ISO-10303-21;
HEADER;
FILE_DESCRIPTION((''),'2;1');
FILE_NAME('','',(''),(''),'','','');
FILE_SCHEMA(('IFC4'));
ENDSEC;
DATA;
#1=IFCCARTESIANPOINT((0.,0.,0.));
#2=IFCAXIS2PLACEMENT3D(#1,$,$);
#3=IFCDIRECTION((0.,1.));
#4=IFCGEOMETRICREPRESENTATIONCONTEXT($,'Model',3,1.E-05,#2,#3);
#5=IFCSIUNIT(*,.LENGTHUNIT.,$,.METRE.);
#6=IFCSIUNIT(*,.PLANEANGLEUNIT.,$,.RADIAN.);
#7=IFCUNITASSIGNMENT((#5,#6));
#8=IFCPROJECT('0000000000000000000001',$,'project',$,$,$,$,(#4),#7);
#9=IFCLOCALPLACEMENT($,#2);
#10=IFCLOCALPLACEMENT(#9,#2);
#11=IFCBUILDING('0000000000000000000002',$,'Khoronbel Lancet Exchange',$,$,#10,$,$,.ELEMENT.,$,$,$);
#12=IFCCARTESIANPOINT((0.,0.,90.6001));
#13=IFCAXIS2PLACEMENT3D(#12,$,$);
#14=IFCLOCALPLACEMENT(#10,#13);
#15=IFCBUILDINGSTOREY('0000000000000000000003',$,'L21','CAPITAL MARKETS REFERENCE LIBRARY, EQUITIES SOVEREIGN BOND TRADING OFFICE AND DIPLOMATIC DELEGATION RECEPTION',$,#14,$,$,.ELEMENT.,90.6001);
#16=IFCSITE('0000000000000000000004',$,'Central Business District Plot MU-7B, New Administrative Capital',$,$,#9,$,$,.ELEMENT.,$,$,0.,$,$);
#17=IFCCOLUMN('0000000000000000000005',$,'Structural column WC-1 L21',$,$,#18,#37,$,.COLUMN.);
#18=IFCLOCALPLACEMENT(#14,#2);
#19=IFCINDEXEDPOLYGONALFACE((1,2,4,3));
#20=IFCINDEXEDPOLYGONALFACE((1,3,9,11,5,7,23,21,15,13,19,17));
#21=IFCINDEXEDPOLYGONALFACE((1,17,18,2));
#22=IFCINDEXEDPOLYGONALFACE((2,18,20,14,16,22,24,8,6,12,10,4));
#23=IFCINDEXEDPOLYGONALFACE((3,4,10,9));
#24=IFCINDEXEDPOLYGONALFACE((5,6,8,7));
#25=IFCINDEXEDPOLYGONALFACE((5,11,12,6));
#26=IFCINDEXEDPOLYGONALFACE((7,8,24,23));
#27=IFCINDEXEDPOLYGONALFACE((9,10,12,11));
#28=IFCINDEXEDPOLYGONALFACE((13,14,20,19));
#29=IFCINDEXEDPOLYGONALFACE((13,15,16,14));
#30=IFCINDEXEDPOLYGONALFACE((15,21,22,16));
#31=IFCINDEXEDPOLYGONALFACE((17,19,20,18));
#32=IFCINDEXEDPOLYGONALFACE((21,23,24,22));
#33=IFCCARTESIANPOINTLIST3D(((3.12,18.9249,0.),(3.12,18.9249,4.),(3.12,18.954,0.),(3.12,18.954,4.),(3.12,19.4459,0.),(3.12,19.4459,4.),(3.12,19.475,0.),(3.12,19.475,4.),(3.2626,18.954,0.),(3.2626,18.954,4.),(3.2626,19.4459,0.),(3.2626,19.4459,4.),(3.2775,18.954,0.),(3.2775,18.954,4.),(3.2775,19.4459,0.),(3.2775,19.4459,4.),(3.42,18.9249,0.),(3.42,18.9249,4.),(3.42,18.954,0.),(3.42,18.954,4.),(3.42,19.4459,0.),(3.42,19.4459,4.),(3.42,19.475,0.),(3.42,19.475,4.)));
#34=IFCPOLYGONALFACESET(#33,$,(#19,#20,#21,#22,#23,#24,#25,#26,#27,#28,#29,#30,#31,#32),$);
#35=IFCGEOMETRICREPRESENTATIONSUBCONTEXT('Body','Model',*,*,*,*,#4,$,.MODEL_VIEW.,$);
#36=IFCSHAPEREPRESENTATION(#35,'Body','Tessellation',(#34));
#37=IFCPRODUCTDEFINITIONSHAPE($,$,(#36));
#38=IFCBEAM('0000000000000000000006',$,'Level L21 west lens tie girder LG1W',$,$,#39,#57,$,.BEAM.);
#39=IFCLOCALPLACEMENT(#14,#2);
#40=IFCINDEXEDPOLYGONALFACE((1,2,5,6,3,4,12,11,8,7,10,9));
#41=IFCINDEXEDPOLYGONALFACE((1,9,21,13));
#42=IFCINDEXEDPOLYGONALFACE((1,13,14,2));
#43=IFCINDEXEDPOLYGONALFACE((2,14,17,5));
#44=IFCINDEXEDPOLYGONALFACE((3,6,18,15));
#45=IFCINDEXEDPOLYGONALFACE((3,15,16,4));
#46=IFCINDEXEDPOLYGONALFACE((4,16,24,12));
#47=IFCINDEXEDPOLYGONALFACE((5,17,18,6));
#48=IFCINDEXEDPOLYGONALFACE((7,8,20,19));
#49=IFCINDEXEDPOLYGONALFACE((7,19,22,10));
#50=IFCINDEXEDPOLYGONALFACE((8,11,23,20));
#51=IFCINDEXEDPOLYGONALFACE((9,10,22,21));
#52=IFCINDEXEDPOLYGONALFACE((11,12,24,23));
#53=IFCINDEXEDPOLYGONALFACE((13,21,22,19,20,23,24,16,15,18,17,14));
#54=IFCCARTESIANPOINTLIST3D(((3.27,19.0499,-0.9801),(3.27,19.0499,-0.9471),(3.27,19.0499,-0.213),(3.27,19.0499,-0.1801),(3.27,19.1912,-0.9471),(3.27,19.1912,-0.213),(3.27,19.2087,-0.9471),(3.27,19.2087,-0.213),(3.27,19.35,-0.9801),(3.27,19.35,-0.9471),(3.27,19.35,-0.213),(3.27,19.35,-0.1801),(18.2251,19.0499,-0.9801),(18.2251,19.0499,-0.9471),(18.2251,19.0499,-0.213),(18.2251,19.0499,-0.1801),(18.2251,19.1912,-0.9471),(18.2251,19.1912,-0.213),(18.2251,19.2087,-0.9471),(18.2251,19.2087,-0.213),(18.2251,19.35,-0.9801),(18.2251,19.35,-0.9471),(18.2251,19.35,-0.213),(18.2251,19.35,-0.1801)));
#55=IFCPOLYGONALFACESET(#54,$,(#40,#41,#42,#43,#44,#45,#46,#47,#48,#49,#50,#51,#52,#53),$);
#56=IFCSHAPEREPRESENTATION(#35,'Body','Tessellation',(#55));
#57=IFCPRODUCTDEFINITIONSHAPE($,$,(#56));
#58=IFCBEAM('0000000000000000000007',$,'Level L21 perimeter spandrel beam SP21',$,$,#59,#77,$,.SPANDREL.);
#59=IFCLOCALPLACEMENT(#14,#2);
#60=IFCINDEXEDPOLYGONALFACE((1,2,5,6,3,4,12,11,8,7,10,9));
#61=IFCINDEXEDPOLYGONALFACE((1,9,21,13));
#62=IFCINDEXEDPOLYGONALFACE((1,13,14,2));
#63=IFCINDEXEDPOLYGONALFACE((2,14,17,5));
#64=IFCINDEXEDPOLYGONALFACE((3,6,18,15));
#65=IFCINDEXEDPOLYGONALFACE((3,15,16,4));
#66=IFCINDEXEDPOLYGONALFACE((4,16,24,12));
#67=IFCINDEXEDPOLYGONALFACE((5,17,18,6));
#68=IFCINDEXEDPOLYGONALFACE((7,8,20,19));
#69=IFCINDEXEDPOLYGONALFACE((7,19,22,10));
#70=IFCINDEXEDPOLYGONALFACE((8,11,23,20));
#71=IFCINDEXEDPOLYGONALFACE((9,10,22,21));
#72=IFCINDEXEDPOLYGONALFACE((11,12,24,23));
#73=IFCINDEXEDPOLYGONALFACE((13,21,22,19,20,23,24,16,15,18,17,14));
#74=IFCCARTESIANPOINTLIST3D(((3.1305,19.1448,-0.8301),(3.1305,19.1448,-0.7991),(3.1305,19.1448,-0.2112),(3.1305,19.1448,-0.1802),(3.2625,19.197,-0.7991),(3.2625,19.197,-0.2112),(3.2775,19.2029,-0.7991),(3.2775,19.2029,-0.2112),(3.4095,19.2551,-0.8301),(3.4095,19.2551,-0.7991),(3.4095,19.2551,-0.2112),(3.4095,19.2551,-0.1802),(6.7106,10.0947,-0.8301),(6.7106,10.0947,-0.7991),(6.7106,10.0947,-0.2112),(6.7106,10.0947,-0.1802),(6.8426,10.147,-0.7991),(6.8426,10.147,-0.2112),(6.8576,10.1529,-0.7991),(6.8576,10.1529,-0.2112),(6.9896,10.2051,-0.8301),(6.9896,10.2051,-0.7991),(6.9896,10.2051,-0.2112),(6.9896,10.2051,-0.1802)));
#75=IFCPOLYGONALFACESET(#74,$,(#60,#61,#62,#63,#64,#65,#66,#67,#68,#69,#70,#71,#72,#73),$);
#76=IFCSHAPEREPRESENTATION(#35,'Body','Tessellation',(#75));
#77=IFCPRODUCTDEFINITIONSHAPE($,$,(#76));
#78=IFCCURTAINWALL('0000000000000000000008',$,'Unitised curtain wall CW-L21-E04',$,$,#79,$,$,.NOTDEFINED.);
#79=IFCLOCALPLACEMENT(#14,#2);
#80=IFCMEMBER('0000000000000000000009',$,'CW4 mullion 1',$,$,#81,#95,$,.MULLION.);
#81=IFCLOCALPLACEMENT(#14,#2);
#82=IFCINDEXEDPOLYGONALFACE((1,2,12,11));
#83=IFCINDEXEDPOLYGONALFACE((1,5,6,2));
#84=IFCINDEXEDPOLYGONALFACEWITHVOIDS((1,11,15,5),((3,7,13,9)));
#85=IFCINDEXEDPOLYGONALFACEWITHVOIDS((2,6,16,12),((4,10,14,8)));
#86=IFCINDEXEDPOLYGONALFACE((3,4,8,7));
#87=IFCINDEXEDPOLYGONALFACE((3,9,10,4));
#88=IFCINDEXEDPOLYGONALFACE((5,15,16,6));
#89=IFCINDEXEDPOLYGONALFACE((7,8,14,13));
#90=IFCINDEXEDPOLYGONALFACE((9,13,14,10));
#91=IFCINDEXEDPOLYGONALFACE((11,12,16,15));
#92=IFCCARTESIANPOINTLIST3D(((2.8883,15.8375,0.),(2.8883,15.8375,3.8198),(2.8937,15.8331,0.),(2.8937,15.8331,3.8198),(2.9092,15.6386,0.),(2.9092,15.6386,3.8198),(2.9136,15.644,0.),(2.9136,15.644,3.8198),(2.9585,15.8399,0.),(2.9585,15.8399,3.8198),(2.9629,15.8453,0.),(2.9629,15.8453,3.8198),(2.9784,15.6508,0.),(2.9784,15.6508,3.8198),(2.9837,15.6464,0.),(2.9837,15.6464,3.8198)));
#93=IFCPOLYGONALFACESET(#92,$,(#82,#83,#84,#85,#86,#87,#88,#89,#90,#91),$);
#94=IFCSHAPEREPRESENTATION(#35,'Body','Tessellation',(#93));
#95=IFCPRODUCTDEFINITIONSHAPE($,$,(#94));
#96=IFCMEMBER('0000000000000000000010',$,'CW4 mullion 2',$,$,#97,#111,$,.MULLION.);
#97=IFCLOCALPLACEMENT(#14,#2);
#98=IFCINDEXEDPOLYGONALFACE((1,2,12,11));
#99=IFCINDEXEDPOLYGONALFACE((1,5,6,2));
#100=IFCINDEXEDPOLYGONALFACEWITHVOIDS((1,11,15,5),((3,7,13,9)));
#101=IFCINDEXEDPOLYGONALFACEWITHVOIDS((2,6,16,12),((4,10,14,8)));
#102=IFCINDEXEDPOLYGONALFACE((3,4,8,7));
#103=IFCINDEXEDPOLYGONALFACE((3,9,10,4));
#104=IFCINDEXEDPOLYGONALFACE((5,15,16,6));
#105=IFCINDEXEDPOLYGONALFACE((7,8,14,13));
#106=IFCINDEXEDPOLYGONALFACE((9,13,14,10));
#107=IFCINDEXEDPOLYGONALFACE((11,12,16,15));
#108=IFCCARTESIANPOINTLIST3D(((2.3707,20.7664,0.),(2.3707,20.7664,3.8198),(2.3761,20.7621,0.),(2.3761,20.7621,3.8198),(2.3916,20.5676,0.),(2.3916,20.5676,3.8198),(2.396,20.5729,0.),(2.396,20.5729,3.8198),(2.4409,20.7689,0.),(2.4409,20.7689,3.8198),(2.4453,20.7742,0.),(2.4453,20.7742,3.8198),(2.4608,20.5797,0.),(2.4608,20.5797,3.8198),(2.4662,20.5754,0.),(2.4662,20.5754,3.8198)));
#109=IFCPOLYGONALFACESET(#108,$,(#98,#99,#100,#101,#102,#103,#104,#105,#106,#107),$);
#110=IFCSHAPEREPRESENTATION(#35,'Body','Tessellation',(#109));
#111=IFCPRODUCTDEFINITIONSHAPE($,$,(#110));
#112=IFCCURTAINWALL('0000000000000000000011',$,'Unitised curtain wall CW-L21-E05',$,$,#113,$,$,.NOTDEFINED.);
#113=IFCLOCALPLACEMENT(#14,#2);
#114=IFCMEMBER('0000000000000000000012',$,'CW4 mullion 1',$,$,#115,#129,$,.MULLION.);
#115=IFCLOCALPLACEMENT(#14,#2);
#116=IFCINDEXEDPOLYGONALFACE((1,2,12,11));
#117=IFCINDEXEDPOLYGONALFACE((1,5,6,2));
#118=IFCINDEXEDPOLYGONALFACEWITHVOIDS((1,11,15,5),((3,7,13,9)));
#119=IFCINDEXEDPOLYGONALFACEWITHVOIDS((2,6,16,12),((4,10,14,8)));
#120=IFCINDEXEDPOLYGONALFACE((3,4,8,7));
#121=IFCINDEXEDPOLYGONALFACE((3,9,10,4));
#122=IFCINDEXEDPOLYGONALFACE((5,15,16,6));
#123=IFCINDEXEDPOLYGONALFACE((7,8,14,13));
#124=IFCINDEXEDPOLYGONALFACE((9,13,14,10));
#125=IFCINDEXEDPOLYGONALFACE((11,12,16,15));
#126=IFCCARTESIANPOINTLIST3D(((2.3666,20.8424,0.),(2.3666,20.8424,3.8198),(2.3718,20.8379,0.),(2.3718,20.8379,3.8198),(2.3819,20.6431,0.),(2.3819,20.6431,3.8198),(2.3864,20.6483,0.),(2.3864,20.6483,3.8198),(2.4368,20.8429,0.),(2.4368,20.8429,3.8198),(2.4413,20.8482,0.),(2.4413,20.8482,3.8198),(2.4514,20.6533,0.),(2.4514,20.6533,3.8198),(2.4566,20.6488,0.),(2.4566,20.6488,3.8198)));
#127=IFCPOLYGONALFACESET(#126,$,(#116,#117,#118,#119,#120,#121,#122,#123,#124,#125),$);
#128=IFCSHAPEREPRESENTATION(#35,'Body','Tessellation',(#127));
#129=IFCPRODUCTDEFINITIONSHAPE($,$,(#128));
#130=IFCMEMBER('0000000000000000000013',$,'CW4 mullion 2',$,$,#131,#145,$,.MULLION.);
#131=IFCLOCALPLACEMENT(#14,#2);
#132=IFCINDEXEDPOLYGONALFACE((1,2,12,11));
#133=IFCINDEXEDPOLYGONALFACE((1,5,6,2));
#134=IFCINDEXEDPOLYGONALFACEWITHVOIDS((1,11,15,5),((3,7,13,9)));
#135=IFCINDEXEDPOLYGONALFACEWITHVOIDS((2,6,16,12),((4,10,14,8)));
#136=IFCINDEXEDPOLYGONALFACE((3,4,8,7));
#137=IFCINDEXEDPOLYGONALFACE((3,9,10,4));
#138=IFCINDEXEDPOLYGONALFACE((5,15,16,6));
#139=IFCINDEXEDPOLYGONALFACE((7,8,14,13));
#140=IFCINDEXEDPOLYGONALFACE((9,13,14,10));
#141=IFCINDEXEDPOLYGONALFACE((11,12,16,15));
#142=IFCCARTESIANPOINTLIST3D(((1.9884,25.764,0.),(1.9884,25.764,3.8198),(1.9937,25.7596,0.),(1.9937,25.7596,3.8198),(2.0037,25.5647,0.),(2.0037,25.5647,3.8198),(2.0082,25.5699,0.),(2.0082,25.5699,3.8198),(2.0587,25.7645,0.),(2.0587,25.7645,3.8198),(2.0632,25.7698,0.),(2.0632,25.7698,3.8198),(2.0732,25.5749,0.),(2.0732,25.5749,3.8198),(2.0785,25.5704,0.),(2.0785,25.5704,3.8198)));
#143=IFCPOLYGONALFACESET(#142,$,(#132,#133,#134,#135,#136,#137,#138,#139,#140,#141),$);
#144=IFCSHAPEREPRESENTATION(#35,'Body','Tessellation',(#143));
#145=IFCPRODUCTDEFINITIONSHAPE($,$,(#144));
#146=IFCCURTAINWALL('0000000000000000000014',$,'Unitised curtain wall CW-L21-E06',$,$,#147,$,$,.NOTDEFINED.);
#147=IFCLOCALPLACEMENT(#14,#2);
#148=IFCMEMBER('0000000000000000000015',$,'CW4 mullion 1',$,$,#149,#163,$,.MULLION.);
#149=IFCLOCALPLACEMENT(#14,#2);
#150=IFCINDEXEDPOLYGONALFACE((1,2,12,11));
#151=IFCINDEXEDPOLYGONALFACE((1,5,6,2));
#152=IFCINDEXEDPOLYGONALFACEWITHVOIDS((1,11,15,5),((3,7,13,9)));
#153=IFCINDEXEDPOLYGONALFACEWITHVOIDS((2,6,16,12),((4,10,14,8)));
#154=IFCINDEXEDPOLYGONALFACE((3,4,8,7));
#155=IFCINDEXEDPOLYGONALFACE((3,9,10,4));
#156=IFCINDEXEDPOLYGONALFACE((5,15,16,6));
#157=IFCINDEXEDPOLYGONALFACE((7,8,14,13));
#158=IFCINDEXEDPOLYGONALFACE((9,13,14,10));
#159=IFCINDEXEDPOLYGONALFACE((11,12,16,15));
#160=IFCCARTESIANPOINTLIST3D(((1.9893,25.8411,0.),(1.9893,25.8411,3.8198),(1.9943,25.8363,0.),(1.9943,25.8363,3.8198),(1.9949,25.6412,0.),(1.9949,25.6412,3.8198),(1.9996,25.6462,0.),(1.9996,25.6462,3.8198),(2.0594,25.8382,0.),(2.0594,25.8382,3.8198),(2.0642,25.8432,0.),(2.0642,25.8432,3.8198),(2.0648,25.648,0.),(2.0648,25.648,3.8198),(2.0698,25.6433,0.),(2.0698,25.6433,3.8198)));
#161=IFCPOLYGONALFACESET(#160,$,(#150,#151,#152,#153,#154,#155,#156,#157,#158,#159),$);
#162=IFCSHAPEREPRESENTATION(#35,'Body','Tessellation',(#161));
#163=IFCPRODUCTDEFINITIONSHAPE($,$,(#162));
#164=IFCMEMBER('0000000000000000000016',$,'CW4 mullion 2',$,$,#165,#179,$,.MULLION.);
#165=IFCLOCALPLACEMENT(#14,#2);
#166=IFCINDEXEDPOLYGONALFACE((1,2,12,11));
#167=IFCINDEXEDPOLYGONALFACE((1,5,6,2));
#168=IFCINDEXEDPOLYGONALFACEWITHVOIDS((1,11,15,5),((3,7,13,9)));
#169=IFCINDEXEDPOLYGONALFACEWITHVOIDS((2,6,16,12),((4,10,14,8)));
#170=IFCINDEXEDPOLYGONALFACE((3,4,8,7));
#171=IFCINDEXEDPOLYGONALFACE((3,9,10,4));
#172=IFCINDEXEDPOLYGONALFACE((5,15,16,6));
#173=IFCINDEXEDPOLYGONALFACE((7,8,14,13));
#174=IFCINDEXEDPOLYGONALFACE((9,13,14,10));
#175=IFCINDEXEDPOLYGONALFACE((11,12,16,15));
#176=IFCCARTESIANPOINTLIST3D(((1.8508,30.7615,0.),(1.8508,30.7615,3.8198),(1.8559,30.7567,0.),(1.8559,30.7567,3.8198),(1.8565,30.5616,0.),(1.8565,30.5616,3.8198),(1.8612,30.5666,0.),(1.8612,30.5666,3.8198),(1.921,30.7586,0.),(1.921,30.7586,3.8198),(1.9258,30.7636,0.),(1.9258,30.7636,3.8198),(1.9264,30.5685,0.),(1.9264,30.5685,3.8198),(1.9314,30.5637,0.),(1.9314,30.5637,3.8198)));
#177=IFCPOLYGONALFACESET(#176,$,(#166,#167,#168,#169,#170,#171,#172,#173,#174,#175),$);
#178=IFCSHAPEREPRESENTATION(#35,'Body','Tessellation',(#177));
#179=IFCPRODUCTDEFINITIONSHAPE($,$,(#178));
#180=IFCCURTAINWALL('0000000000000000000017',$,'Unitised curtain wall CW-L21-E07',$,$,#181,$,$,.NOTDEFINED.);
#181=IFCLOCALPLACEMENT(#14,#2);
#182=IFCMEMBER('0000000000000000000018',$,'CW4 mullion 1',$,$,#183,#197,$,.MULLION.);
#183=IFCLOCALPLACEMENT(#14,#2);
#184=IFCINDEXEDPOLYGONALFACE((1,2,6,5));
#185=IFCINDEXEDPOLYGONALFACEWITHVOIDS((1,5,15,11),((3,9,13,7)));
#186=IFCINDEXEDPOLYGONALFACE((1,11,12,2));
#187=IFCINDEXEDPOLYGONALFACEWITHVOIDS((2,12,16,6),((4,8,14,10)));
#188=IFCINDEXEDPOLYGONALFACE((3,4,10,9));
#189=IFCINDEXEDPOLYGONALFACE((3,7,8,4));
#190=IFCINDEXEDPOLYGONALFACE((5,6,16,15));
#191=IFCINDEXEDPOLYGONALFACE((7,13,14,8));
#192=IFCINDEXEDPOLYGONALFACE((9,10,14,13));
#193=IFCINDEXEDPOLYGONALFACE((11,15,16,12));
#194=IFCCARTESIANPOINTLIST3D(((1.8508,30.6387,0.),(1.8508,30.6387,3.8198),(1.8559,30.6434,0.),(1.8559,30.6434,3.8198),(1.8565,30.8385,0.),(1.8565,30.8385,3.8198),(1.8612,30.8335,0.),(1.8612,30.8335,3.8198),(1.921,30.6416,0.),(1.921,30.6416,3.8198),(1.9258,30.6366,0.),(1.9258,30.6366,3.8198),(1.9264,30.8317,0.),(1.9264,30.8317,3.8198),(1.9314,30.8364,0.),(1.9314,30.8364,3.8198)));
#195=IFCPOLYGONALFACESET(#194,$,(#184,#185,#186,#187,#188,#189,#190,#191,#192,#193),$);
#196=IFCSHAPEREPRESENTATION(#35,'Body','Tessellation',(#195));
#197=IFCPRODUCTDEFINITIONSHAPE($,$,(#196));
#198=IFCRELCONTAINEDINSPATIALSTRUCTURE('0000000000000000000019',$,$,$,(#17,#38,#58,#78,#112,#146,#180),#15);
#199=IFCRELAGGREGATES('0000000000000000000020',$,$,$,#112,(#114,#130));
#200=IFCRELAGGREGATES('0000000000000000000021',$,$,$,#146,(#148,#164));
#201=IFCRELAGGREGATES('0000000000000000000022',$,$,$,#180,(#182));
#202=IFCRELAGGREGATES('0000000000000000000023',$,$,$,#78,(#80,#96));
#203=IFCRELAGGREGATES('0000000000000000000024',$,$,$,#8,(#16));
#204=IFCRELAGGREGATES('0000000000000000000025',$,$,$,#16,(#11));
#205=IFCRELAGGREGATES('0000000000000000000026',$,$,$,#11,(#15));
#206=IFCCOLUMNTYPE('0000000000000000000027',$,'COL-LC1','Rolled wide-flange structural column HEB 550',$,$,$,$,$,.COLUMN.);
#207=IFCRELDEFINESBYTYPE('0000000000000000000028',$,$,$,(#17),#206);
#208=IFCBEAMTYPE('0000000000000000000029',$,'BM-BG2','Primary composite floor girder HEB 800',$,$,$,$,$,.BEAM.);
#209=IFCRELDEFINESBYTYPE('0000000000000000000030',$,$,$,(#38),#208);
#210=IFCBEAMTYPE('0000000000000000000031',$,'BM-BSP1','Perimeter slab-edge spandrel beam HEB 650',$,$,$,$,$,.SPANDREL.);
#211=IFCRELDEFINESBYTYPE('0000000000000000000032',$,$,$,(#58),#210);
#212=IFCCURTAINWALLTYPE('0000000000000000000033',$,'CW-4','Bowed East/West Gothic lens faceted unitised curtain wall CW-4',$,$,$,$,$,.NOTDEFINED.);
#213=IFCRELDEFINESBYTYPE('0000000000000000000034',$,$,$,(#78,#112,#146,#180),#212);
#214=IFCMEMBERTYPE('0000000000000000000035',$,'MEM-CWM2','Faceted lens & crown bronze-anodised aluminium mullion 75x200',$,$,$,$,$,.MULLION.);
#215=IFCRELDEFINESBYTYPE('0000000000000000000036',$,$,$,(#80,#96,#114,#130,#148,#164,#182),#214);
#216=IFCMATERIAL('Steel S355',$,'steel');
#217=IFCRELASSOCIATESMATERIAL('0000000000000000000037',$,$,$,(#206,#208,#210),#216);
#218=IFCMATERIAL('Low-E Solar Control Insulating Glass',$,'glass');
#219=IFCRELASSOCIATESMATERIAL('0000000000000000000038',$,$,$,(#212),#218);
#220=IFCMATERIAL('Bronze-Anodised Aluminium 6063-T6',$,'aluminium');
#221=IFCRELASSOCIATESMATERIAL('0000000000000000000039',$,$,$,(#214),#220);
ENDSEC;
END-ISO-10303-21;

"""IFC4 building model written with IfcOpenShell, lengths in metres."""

from ifc_helpers import new_model, si_unit, direction, frame, origin, origin_2d, place, context, subcontext, project, spatial, hollow_rectangle, i_section, extrude, material, material_profile, profile_set, type_object, element, aggregate, save


model = new_model("IFC4")

# Units and contexts
model_context = context("Model", 3, precision=1e-05, world=origin(), true_north=direction((0.0, 1.0)))
body_context = subcontext(model_context, "Body", "Model", "MODEL_VIEW")
ifc_project = project(units=[si_unit("LENGTHUNIT", "METRE"), si_unit("PLANEANGLEUNIT", "RADIAN")], contexts=[model_context])

# Site, building, storey
site_placement = place(None, origin())
site = spatial("IfcSite", under=ifc_project, at=site_placement, Name="Central Business District Plot MU-7B, New Administrative Capital", CompositionType="ELEMENT", RefElevation=0.0)
building_placement = place(site_placement, origin())
building = spatial("IfcBuilding", under=site, at=building_placement, Name="Khoronbel Lancet Exchange", CompositionType="ELEMENT")
storey_placement = place(building_placement, frame((0.0, 0.0, 90.6001)))
storey = spatial("IfcBuildingStorey", under=building, at=storey_placement, Name="L21", Description="CAPITAL MARKETS REFERENCE LIBRARY, EQUITIES SOVEREIGN BOND TRADING OFFICE AND DIPLOMATIC DELEGATION RECEPTION", CompositionType="ELEMENT", Elevation=90.6001)

# Column
ifc_material_1 = material(Name="Steel S355", Category="steel")
ifc_material_profile_1 = material_profile(ifc_material_1, i_section(OverallWidth=0.3, OverallDepth=0.55, WebThickness=0.0149, FlangeThickness=0.0291, at=origin_2d()), Name="HEB 550")
ifc_profile_set_1 = profile_set([ifc_material_profile_1], Name="Steel S355")
column_type = type_object("IfcColumnType", Name="COL-LC1", Description="Rolled wide-flange structural column HEB 550", PredefinedType="COLUMN", material=ifc_profile_set_1)
column_placement = place(storey_placement, frame((3.27, 19.2, 0.0), z_axis=(0.0, 0.0, 1.0), x_axis=(1.0, 0.0, 0.0)))
element("IfcColumn", 1, at=column_placement, inside=storey, type_object=column_type, Name="Structural column WC-1 L21", PredefinedType="COLUMN", context=body_context, shape_type="SweptSolid", body=[
    extrude(i_section(OverallWidth=0.3, OverallDepth=0.55, WebThickness=0.0149, FlangeThickness=0.0291, at=origin_2d()), origin(), (0.0, 0.0, 1.0), 4.0),
])

# Beams
ifc_material_profile_2 = material_profile(ifc_material_1, i_section(OverallWidth=0.3, OverallDepth=0.8, WebThickness=0.0176, FlangeThickness=0.033, at=origin_2d()), Name="HEB 800")
ifc_profile_set_2 = profile_set([ifc_material_profile_2], Name="Steel S355")
beam_type_1 = type_object("IfcBeamType", Name="BM-BG2", Description="Primary composite floor girder HEB 800", PredefinedType="BEAM", material=ifc_profile_set_2)
beam_1_placement = place(storey_placement, frame((3.27, 19.2, -0.5801), z_axis=(1.0, 0.0, 0.0), x_axis=(0.0, 1.0, 0.0)))
element("IfcBeam", 2, at=beam_1_placement, inside=storey, type_object=beam_type_1, Name="Level L21 west lens tie girder LG1W", PredefinedType="BEAM", context=body_context, shape_type="SweptSolid", body=[
    extrude(i_section(OverallWidth=0.3, OverallDepth=0.8, WebThickness=0.0176, FlangeThickness=0.033, at=origin_2d()), origin(), (0.0, 0.0, 1.0), 14.9551),
])
ifc_material_profile_3 = material_profile(ifc_material_1, i_section(OverallWidth=0.3, OverallDepth=0.6499, WebThickness=0.0161, FlangeThickness=0.031, at=origin_2d()), Name="HEB 650")
ifc_profile_set_3 = profile_set([ifc_material_profile_3], Name="Steel S355")
beam_type_2 = type_object("IfcBeamType", Name="BM-BSP1", Description="Perimeter slab-edge spandrel beam HEB 650", PredefinedType="SPANDREL", material=ifc_profile_set_3)
beam_2_placement = place(storey_placement, frame((3.27, 19.2, -0.5051), z_axis=(0.36785, -0.929885, 0.0), x_axis=(0.929885, 0.36785, 0.0)))
element("IfcBeam", 3, at=beam_2_placement, inside=storey, type_object=beam_type_2, Name="Level L21 perimeter spandrel beam SP21", PredefinedType="SPANDREL", context=body_context, shape_type="SweptSolid", body=[
    extrude(i_section(OverallWidth=0.3, OverallDepth=0.6499, WebThickness=0.0161, FlangeThickness=0.031, at=origin_2d()), origin(), (0.0, 0.0, 1.0), 9.7324),
])

# Curtain walls, members
ifc_material_2 = material(Name="Low-E Solar Control Insulating Glass", Category="glass")
curtain_wall_type = type_object("IfcCurtainWallType", Name="CW-4", Description="Bowed East/West Gothic lens faceted unitised curtain wall CW-4", PredefinedType="NOTDEFINED", material=ifc_material_2)
curtain_wall_1_placement = place(storey_placement, origin())
curtain_wall_1 = element("IfcCurtainWall", 4, at=curtain_wall_1_placement, inside=storey, type_object=curtain_wall_type, Name="Unitised curtain wall CW-L21-E04", PredefinedType="NOTDEFINED")
ifc_material_3 = material(Name="Bronze-Anodised Aluminium 6063-T6", Category="aluminium")
ifc_material_profile_4 = material_profile(ifc_material_3, hollow_rectangle(XDim=0.075, YDim=0.2, WallThickness=0.0049, at=origin_2d()), Name="ALU MULLION 75x200")
ifc_profile_set_4 = profile_set([ifc_material_profile_4], Name="Bronze-Anodised Aluminium 6063-T6")
member_type_1 = type_object("IfcMemberType", Name="MEM-CWM2", Description="Faceted lens & crown bronze-anodised aluminium mullion 75x200", PredefinedType="MULLION", material=ifc_profile_set_4)
member_1_placement = place(storey_placement, frame((2.936, 15.7419, 0.0), z_axis=(0.0, 0.0, 1.0), x_axis=(-0.994532, -0.104434, 0.0)))
member_1 = element("IfcMember", 5, at=member_1_placement, type_object=member_type_1, Name="CW4 mullion 1", PredefinedType="MULLION", context=body_context, shape_type="SweptSolid", body=[
    extrude(hollow_rectangle(XDim=0.075, YDim=0.2, WallThickness=0.0049, at=origin_2d()), origin(), (0.0, 0.0, 1.0), 3.8198),
])
member_2_placement = place(storey_placement, frame((2.4185, 20.6709, 0.0), z_axis=(0.0, 0.0, 1.0), x_axis=(-0.994532, -0.104434, 0.0)))
member_2 = element("IfcMember", 6, at=member_2_placement, type_object=member_type_1, Name="CW4 mullion 2", PredefinedType="MULLION", context=body_context, shape_type="SweptSolid", body=[
    extrude(hollow_rectangle(XDim=0.075, YDim=0.2, WallThickness=0.0049, at=origin_2d()), origin(), (0.0, 0.0, 1.0), 3.8198),
])
curtain_wall_2_placement = place(storey_placement, origin())
curtain_wall_2 = element("IfcCurtainWall", 7, at=curtain_wall_2_placement, inside=storey, type_object=curtain_wall_type, Name="Unitised curtain wall CW-L21-E05", PredefinedType="NOTDEFINED")
member_3_placement = place(storey_placement, frame((2.4116, 20.7456, 0.0), z_axis=(0.0, 0.0, 1.0), x_axis=(-0.99706, -0.076626, 0.0)))
member_3 = element("IfcMember", 8, at=member_3_placement, type_object=member_type_1, Name="CW4 mullion 1", PredefinedType="MULLION", context=body_context, shape_type="SweptSolid", body=[
    extrude(hollow_rectangle(XDim=0.075, YDim=0.2, WallThickness=0.0049, at=origin_2d()), origin(), (0.0, 0.0, 1.0), 3.8198),
])
member_4_placement = place(storey_placement, frame((2.0334, 25.6672, 0.0), z_axis=(0.0, 0.0, 1.0), x_axis=(-0.99706, -0.076626, 0.0)))
member_4 = element("IfcMember", 9, at=member_4_placement, type_object=member_type_1, Name="CW4 mullion 2", PredefinedType="MULLION", context=body_context, shape_type="SweptSolid", body=[
    extrude(hollow_rectangle(XDim=0.075, YDim=0.2, WallThickness=0.0049, at=origin_2d()), origin(), (0.0, 0.0, 1.0), 3.8198),
])
curtain_wall_3_placement = place(storey_placement, origin())
curtain_wall_3 = element("IfcCurtainWall", 10, at=curtain_wall_3_placement, inside=storey, type_object=curtain_wall_type, Name="Unitised curtain wall CW-L21-E06", PredefinedType="NOTDEFINED")
member_5_placement = place(storey_placement, frame((2.0295, 25.7422, 0.0), z_axis=(0.0, 0.0, 1.0), x_axis=(-0.999604, -0.028135, 0.0)))
member_5 = element("IfcMember", 11, at=member_5_placement, type_object=member_type_1, Name="CW4 mullion 1", PredefinedType="MULLION", context=body_context, shape_type="SweptSolid", body=[
    extrude(hollow_rectangle(XDim=0.075, YDim=0.2, WallThickness=0.0049, at=origin_2d()), origin(), (0.0, 0.0, 1.0), 3.8198),
])
member_6_placement = place(storey_placement, frame((1.8911, 30.6626, 0.0), z_axis=(0.0, 0.0, 1.0), x_axis=(-0.999604, -0.028135, 0.0)))
member_6 = element("IfcMember", 12, at=member_6_placement, type_object=member_type_1, Name="CW4 mullion 2", PredefinedType="MULLION", context=body_context, shape_type="SweptSolid", body=[
    extrude(hollow_rectangle(XDim=0.075, YDim=0.2, WallThickness=0.0049, at=origin_2d()), origin(), (0.0, 0.0, 1.0), 3.8198),
])
curtain_wall_4_placement = place(storey_placement, origin())
curtain_wall_4 = element("IfcCurtainWall", 13, at=curtain_wall_4_placement, inside=storey, type_object=curtain_wall_type, Name="Unitised curtain wall CW-L21-E07", PredefinedType="NOTDEFINED")
member_7_placement = place(storey_placement, frame((1.8911, 30.7375, 0.0), z_axis=(0.0, 0.0, 1.0), x_axis=(-0.999604, 0.028135, 0.0)))
member_7 = element("IfcMember", 14, at=member_7_placement, type_object=member_type_1, Name="CW4 mullion 1", PredefinedType="MULLION", context=body_context, shape_type="SweptSolid", body=[
    extrude(hollow_rectangle(XDim=0.075, YDim=0.2, WallThickness=0.0049, at=origin_2d()), origin(), (0.0, 0.0, 1.0), 3.8198),
])

aggregate(curtain_wall_2, [member_3, member_4])
aggregate(curtain_wall_3, [member_5, member_6])
aggregate(curtain_wall_4, [member_7])
aggregate(curtain_wall_1, [member_1, member_2])

save(model, "model.ifc")
